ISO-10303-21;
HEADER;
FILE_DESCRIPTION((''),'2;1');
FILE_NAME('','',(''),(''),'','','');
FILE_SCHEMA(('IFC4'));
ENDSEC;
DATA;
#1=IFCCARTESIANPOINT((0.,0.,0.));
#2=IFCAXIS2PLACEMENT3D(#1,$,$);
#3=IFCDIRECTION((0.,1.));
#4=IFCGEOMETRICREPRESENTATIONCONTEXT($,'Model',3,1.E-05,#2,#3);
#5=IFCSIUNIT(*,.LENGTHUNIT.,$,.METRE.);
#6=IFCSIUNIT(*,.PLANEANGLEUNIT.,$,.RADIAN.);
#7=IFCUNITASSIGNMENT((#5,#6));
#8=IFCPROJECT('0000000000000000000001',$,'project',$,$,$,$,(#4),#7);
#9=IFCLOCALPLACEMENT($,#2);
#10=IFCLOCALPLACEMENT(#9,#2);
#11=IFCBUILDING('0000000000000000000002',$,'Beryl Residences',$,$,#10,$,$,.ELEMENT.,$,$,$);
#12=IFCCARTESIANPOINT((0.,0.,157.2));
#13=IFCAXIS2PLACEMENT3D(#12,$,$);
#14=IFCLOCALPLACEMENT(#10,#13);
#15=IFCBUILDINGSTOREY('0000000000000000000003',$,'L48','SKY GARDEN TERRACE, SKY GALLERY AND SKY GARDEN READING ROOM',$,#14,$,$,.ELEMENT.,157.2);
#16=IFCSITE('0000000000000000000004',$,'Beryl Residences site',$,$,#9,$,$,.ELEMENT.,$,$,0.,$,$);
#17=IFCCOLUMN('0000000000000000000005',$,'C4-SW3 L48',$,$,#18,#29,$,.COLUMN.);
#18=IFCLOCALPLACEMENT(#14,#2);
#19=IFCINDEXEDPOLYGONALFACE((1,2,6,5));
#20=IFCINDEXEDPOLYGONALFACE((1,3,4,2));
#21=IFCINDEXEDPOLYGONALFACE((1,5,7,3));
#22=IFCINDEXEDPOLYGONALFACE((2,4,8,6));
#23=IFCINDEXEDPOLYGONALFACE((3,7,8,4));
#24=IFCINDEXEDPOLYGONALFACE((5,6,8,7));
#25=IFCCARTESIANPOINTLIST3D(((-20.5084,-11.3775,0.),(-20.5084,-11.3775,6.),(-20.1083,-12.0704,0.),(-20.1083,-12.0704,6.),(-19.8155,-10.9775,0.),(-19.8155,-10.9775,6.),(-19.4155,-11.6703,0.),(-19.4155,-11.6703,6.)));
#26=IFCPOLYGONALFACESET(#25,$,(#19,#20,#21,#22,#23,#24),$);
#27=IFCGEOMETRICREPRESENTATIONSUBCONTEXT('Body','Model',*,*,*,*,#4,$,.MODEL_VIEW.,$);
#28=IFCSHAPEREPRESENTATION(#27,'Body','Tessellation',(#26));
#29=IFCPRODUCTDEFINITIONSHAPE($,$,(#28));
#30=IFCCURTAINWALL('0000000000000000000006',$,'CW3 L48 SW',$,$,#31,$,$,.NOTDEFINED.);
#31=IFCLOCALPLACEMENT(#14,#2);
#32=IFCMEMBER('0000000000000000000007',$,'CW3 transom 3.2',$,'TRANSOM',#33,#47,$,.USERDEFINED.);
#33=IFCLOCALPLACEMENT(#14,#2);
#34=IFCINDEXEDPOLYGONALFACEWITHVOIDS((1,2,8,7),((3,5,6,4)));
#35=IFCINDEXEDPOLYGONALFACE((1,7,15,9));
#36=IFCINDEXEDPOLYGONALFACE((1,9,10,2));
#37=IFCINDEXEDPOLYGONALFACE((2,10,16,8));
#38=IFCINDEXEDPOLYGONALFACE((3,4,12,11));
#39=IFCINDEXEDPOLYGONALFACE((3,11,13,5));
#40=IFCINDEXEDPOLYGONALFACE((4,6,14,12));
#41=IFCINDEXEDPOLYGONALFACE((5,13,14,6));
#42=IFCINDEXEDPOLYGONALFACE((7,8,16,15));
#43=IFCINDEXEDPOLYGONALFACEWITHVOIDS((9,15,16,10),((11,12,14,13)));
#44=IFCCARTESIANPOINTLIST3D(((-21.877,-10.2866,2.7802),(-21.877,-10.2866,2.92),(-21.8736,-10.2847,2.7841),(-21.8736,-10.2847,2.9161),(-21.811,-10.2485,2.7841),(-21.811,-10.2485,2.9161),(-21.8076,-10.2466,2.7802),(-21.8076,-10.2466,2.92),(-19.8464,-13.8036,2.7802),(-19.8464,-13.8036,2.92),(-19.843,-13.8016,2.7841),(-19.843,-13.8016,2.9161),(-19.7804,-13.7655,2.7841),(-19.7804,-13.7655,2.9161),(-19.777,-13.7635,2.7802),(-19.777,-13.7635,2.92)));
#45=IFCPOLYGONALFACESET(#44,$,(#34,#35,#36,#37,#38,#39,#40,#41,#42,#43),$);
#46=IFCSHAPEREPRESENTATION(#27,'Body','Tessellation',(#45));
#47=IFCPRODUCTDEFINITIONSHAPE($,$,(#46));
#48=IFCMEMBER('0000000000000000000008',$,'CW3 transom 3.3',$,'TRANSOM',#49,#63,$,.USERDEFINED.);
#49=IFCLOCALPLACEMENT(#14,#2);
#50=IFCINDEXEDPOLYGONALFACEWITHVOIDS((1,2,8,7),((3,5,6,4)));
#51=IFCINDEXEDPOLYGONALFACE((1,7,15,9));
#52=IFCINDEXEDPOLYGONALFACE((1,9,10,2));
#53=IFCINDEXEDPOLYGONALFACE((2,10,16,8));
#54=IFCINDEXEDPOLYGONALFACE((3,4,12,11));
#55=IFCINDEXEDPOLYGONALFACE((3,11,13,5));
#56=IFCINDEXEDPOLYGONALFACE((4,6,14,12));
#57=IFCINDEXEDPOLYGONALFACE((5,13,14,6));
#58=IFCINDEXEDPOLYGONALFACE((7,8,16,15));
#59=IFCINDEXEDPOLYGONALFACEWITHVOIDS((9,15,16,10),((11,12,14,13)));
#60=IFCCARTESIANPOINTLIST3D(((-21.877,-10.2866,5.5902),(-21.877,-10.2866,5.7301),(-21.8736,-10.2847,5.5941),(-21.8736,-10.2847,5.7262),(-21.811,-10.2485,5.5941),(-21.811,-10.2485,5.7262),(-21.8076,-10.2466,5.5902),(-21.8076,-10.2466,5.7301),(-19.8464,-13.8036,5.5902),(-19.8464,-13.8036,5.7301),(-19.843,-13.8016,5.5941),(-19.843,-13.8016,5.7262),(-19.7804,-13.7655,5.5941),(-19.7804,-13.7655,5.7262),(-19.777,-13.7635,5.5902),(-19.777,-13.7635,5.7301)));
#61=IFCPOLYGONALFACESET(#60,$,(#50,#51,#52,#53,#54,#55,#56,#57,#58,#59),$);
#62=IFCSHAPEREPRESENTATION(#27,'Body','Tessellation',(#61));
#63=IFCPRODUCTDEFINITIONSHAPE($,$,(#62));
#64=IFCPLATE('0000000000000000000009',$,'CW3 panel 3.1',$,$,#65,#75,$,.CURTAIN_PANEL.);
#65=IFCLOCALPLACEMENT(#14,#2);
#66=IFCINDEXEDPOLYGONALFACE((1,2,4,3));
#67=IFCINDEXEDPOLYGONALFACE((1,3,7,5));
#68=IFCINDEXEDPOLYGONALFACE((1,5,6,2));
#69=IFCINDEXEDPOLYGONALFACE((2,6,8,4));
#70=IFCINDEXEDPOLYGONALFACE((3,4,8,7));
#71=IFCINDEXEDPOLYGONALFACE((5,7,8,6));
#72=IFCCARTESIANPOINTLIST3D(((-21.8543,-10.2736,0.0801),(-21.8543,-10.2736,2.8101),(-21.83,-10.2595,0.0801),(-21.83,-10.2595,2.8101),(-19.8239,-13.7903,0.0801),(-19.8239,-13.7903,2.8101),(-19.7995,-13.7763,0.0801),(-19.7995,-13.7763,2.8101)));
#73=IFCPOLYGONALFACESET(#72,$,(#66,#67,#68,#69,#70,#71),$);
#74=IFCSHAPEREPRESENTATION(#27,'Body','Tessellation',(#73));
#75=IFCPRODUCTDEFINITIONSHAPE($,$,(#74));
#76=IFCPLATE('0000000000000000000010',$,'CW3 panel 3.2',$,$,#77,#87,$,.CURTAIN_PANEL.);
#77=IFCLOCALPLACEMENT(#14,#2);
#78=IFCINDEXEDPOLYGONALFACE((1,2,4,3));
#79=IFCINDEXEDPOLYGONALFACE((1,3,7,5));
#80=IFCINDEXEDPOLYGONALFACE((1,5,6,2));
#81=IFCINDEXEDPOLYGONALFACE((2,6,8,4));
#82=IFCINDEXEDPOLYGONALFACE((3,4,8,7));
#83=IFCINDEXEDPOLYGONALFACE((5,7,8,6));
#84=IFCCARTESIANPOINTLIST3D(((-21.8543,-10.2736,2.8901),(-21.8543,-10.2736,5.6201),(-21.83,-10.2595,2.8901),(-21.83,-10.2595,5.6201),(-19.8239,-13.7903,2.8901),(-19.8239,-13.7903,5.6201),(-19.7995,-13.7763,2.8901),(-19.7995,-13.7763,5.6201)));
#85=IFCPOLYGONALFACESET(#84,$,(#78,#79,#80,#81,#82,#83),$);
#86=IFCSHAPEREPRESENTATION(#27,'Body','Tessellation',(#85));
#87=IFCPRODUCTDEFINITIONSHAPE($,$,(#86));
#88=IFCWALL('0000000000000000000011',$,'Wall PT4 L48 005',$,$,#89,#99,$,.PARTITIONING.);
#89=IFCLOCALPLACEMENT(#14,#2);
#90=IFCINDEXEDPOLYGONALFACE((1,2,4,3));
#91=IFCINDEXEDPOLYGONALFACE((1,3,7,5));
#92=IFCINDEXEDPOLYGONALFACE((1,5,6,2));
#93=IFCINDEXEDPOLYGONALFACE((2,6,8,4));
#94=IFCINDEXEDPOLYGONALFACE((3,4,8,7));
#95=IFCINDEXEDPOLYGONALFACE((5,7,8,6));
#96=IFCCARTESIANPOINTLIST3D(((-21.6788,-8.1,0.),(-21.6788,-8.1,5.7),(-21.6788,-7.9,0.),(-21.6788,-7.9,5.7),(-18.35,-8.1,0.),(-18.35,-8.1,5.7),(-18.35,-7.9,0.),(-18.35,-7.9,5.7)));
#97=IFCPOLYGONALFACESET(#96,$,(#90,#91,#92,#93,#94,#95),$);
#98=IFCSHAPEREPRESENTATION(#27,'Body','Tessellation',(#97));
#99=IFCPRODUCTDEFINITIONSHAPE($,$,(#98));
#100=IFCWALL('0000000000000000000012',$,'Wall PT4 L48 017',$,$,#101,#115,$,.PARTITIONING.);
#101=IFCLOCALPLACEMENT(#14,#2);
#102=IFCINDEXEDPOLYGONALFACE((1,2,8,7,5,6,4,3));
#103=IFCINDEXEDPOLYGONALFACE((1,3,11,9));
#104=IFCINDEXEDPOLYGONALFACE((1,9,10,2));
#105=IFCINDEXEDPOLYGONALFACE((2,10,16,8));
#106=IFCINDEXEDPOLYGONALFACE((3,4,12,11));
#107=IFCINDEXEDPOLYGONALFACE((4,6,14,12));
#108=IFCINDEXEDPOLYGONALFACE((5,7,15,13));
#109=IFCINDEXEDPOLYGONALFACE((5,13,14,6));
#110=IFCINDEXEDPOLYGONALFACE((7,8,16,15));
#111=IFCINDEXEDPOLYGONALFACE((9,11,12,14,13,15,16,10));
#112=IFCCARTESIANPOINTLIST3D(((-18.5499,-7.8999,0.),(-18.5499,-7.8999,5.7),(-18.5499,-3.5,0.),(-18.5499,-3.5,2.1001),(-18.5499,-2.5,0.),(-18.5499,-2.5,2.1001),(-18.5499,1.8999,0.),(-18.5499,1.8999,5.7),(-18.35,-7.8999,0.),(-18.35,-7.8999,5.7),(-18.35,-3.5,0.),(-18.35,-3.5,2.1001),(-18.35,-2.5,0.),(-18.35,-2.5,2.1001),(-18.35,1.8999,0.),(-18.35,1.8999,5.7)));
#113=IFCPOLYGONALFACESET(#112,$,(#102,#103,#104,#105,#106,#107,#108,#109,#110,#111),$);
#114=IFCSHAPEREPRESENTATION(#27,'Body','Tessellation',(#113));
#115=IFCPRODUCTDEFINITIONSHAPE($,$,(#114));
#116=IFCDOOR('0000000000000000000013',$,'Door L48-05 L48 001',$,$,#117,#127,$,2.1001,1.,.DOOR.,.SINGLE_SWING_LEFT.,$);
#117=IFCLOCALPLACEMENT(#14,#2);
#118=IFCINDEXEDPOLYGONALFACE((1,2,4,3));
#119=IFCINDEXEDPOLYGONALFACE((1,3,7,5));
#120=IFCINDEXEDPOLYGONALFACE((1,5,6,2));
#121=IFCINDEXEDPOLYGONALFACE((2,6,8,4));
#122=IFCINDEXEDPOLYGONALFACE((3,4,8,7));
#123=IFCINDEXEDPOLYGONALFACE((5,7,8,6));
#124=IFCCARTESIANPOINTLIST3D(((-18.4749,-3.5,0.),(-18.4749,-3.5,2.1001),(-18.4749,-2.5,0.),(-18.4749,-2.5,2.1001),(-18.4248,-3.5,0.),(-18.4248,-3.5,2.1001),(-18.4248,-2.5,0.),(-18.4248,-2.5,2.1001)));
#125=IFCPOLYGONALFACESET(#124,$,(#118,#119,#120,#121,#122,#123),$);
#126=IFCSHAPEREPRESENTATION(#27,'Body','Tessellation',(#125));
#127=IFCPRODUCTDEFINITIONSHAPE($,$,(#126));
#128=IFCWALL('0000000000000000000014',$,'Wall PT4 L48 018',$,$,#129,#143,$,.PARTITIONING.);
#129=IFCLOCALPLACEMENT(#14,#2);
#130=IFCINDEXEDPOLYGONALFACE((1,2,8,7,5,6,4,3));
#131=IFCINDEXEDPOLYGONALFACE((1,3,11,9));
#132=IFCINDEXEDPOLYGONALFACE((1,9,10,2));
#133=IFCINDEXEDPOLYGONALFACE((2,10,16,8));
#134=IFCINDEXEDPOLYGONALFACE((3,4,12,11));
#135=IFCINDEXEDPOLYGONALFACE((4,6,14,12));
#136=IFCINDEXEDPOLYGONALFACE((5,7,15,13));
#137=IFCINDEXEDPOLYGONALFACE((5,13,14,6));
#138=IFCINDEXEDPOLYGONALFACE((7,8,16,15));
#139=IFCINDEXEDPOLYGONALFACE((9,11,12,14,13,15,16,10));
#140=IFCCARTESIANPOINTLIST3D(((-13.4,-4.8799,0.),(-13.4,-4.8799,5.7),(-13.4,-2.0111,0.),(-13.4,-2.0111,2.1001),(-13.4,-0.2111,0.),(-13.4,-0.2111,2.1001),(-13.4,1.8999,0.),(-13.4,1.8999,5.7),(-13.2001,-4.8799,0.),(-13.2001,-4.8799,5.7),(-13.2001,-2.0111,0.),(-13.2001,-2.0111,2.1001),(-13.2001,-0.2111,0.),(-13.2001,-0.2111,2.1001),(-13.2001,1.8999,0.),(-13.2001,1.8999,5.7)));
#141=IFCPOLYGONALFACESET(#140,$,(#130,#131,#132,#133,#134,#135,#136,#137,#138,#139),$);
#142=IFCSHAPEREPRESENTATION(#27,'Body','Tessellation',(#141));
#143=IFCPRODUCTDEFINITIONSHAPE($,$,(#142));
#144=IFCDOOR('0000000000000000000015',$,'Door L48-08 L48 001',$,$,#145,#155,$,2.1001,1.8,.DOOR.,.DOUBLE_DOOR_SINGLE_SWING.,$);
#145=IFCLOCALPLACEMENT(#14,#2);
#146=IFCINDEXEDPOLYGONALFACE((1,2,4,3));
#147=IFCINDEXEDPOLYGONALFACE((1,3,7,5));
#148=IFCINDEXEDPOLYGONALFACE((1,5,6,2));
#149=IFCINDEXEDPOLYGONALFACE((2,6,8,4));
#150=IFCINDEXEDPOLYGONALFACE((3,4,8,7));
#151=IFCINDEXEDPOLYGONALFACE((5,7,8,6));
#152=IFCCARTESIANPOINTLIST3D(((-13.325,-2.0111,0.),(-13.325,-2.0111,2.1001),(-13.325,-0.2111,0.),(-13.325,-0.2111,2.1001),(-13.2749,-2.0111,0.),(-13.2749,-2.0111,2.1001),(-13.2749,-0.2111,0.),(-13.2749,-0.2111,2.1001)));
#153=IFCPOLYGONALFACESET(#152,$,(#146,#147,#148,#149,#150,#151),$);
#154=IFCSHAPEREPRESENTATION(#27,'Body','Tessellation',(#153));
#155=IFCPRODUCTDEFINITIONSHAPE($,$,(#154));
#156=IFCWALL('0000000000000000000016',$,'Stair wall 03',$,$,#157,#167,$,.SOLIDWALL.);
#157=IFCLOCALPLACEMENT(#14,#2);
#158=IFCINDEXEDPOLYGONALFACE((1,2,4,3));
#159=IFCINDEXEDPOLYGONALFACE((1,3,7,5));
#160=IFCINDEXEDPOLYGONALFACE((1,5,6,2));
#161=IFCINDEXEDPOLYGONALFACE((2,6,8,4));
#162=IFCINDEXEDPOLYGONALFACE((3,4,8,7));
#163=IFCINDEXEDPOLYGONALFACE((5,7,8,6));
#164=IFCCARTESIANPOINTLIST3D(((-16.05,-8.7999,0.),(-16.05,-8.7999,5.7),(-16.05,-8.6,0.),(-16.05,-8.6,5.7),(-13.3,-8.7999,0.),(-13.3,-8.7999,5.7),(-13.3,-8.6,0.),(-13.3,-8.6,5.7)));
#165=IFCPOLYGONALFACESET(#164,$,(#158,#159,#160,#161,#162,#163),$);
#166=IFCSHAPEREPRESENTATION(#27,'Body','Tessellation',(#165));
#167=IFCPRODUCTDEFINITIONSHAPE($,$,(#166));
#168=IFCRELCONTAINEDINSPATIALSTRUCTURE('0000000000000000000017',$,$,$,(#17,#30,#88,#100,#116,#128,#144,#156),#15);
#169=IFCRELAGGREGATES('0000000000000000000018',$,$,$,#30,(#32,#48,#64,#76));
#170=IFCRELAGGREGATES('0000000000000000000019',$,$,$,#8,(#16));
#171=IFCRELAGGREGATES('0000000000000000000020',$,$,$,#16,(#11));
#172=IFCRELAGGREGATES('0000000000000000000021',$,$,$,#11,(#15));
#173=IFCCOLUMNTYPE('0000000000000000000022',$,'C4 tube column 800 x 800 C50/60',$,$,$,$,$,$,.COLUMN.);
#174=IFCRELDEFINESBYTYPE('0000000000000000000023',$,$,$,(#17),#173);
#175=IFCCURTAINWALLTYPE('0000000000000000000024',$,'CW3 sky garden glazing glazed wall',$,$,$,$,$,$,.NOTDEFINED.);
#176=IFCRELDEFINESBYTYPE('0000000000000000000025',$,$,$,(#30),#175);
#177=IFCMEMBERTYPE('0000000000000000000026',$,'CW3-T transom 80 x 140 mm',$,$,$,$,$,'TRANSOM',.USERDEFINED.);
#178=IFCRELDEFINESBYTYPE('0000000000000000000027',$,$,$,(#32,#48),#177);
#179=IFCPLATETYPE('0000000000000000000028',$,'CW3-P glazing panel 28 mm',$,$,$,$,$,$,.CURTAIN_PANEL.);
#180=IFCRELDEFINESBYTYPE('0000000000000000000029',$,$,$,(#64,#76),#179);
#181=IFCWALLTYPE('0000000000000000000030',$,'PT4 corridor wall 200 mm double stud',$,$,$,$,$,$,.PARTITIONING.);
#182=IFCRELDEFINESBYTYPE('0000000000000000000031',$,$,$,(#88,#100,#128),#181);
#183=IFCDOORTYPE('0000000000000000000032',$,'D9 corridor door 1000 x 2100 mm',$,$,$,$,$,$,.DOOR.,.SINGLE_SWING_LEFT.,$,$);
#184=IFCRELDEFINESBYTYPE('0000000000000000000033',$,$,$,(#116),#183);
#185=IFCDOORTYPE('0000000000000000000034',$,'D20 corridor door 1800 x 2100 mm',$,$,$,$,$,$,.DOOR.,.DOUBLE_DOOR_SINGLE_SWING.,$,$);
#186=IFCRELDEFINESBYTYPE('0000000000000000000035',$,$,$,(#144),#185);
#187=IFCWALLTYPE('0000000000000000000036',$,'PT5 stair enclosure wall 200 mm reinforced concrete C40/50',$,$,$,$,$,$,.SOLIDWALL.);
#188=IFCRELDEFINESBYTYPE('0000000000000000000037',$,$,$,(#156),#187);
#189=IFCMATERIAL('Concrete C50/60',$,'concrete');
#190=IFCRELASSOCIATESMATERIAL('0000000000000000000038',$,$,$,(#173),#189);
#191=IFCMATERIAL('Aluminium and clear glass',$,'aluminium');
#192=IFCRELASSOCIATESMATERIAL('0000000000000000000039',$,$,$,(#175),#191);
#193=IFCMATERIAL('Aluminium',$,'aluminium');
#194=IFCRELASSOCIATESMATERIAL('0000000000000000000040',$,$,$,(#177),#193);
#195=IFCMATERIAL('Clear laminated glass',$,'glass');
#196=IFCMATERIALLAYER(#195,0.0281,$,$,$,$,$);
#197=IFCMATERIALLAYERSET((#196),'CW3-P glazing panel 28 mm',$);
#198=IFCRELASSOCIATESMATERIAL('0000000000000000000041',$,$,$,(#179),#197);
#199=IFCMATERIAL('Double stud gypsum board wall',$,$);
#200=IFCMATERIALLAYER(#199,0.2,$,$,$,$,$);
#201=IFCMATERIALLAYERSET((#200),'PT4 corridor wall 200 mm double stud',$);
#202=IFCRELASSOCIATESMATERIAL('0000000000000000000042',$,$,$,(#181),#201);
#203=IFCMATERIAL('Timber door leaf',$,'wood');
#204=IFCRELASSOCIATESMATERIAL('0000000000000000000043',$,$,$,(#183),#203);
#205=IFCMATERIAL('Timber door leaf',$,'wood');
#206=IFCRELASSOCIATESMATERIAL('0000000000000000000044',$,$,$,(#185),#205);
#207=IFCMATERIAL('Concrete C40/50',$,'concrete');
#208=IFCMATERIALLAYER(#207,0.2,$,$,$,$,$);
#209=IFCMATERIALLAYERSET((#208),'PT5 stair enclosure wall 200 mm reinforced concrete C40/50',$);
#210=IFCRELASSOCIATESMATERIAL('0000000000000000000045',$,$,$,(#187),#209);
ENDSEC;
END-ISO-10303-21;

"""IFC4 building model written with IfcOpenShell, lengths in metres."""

from ifc_helpers import new_model, si_unit, direction, frame, frame_2d, origin, origin_2d, place, context, subcontext, project, spatial, rectangle, hollow_rectangle, extrude, material, layer, layer_set, material_profile, profile_set, type_object, element, fill, aggregate, save


model = new_model("IFC4")

# Units and contexts
model_context = context("Model", 3, precision=1e-05, world=origin(), true_north=direction((0.0, 1.0)))
body_context = subcontext(model_context, "Body", "Model", "MODEL_VIEW")
ifc_project = project(units=[si_unit("LENGTHUNIT", "METRE"), si_unit("PLANEANGLEUNIT", "RADIAN")], contexts=[model_context])

# Site, building, storey
site_placement = place(None, origin())
site = spatial("IfcSite", under=ifc_project, at=site_placement, Name="Beryl Residences site", CompositionType="ELEMENT", RefElevation=0.0)
building_placement = place(site_placement, origin())
building = spatial("IfcBuilding", under=site, at=building_placement, Name="Beryl Residences", CompositionType="ELEMENT")
storey_placement = place(building_placement, frame((0.0, 0.0, 157.2)))
storey = spatial("IfcBuildingStorey", under=building, at=storey_placement, Name="L48", Description="SKY GARDEN TERRACE, SKY GALLERY AND SKY GARDEN READING ROOM", CompositionType="ELEMENT", Elevation=157.2)

# Column
ifc_material_1 = material(Name="Concrete C50/60", Category="concrete")
ifc_material_profile_1 = material_profile(ifc_material_1, rectangle(XDim=0.8, YDim=0.8, at=origin_2d()))
ifc_profile_set_1 = profile_set([ifc_material_profile_1], Name="Concrete C50/60")
column_type = type_object("IfcColumnType", Name="C4 tube column 800 x 800 C50/60", PredefinedType="COLUMN", material=ifc_profile_set_1)
column_placement = place(storey_placement, frame((-19.9619, -11.5239, 0.0), z_axis=(0.0, 0.0, 1.0), x_axis=(0.5, -0.866025, 0.0)))
element("IfcColumn", 1, at=column_placement, inside=storey, type_object=column_type, Name="C4-SW3 L48", PredefinedType="COLUMN", context=body_context, shape_type="SweptSolid", body=[
    extrude(rectangle(XDim=0.8, YDim=0.8, at=origin_2d()), origin(), (0.0, 0.0, 1.0), 6.0),
])

# Curtain wall, members, plates
ifc_material_2 = material(Name="Aluminium and clear glass", Category="aluminium")
curtain_wall_type = type_object("IfcCurtainWallType", Name="CW3 sky garden glazing glazed wall", PredefinedType="NOTDEFINED", material=ifc_material_2)
curtain_wall_placement = place(storey_placement, origin())
curtain_wall = element("IfcCurtainWall", 2, at=curtain_wall_placement, inside=storey, type_object=curtain_wall_type, Name="CW3 L48 SW", PredefinedType="NOTDEFINED")
ifc_material_3 = material(Name="Aluminium", Category="aluminium")
ifc_material_profile_2 = material_profile(ifc_material_3, hollow_rectangle(XDim=0.0801, YDim=0.1399, WallThickness=0.0039, at=origin_2d()))
ifc_profile_set_2 = profile_set([ifc_material_profile_2], Name="Aluminium")
member_type = type_object("IfcMemberType", Name="CW3-T transom 80 x 140 mm", ElementType="TRANSOM", PredefinedType="USERDEFINED", material=ifc_profile_set_2)
member_1_placement = place(storey_placement, frame((-21.8423, -10.2666, 2.8501), z_axis=(0.500012, -0.866018, 0.0), x_axis=(0.866018, 0.500012, 0.0)))
member_1 = element("IfcMember", 3, at=member_1_placement, type_object=member_type, Name="CW3 transom 3.2", ObjectType="TRANSOM", PredefinedType="USERDEFINED", context=body_context, shape_type="SweptSolid", body=[
    extrude(hollow_rectangle(XDim=0.0801, YDim=0.1399, WallThickness=0.0039, at=origin_2d()), origin(), (0.0, 0.0, 1.0), 4.061),
])
member_2_placement = place(storey_placement, frame((-21.8423, -10.2666, 5.6602), z_axis=(0.500012, -0.866018, 0.0), x_axis=(0.866018, 0.500012, 0.0)))
member_2 = element("IfcMember", 4, at=member_2_placement, type_object=member_type, Name="CW3 transom 3.3", ObjectType="TRANSOM", PredefinedType="USERDEFINED", context=body_context, shape_type="SweptSolid", body=[
    extrude(hollow_rectangle(XDim=0.0801, YDim=0.1399, WallThickness=0.0039, at=origin_2d()), origin(), (0.0, 0.0, 1.0), 4.061),
])
ifc_material_4 = material(Name="Clear laminated glass", Category="glass")
ifc_layer_1 = layer(ifc_material_4, 0.0281)
ifc_layer_set_1 = layer_set([ifc_layer_1], Name="CW3-P glazing panel 28 mm")
plate_type = type_object("IfcPlateType", Name="CW3-P glazing panel 28 mm", PredefinedType="CURTAIN_PANEL", material=ifc_layer_set_1)
plate_1_placement = place(storey_placement, frame((-20.8269, -12.0249, 0.0801), z_axis=(0.0, 0.0, 1.0), x_axis=(0.500004, -0.866023, 0.0)))
plate_1 = element("IfcPlate", 5, at=plate_1_placement, type_object=plate_type, Name="CW3 panel 3.1", PredefinedType="CURTAIN_PANEL", context=body_context, shape_type="SweptSolid", body=[
    extrude(rectangle(XDim=4.0608, YDim=0.0281, at=origin_2d()), origin(), (0.0, 0.0, 1.0), 2.73),
])
plate_2_placement = place(storey_placement, frame((-20.8269, -12.0249, 2.8901), z_axis=(0.0, 0.0, 1.0), x_axis=(0.500004, -0.866023, 0.0)))
plate_2 = element("IfcPlate", 6, at=plate_2_placement, type_object=plate_type, Name="CW3 panel 3.2", PredefinedType="CURTAIN_PANEL", context=body_context, shape_type="SweptSolid", body=[
    extrude(rectangle(XDim=4.0608, YDim=0.0281, at=origin_2d()), origin(), (0.0, 0.0, 1.0), 2.73),
])
aggregate(curtain_wall, [member_1, member_2, plate_1, plate_2])

# Wall
ifc_material_5 = material(Name="Double stud gypsum board wall")
ifc_layer_2 = layer(ifc_material_5, 0.2)
ifc_layer_set_2 = layer_set([ifc_layer_2], Name="PT4 corridor wall 200 mm double stud")
wall_type_1 = type_object("IfcWallType", Name="PT4 corridor wall 200 mm double stud", PredefinedType="PARTITIONING", material=ifc_layer_set_2)
wall_1_placement = place(storey_placement, frame((-21.679, -8.0, 0.0), z_axis=(0.0, 0.0, 1.0), x_axis=(1.0, 0.0, 0.0)))
element("IfcWall", 7, at=wall_1_placement, inside=storey, type_object=wall_type_1, Name="Wall PT4 L48 005", PredefinedType="PARTITIONING", context=body_context, shape_type="SweptSolid", body=[
    extrude(rectangle(XDim=3.3289, YDim=0.2, at=frame_2d((1.6646, 0.0))), origin(), (0.0, 0.0, 1.0), 5.7),
])

# Walls, openings, doors
wall_2_placement = place(storey_placement, frame((-18.45, -7.8999, 0.0), z_axis=(0.0, 0.0, 1.0), x_axis=(0.0, 1.0, 0.0)))
wall_2 = element("IfcWall", 8, at=wall_2_placement, inside=storey, type_object=wall_type_1, Name="Wall PT4 L48 017", PredefinedType="PARTITIONING", context=body_context, shape_type="SweptSolid", body=[
    extrude(rectangle(XDim=9.7998, YDim=0.2, at=frame_2d((4.8999, 0.0))), origin(), (0.0, 0.0, 1.0), 5.7),
])
opening_1_placement = place(wall_2_placement, frame((4.3999, 0.0, 0.0)))
opening_1 = element("IfcOpeningElement", 9, at=opening_1_placement, cuts=wall_2, PredefinedType="OPENING", context=body_context, shape_type="SweptSolid", body=[
    extrude(rectangle(XDim=1.0, YDim=2.1001, at=frame_2d((0.5, 1.05))), frame((0.0, 0.1099, 0.0), z_axis=(0.0, -1.0, 0.0), x_axis=(1.0, 0.0, 0.0)), (0.0, 0.0, 1.0), 0.22),
])
ifc_material_6 = material(Name="Timber door leaf", Category="wood")
door_type_1 = type_object("IfcDoorType", Name="D9 corridor door 1000 x 2100 mm", OperationType="SINGLE_SWING_LEFT", PredefinedType="DOOR", material=ifc_material_6)
door_1_placement = place(opening_1_placement, origin())
door_1 = element("IfcDoor", 10, at=door_1_placement, inside=storey, type_object=door_type_1, Name="Door L48-05 L48 001", OperationType="SINGLE_SWING_LEFT", OverallHeight=2.1001, OverallWidth=1.0, PredefinedType="DOOR", context=body_context, shape_type="SweptSolid", body=[
    extrude(rectangle(XDim=1.0, YDim=2.1001, at=frame_2d((0.5, 1.05))), frame((0.0, 0.0249, 0.0), z_axis=(0.0, -1.0, 0.0), x_axis=(1.0, 0.0, 0.0)), (0.0, 0.0, 1.0), 0.05),
])
fill(opening_1, door_1)
wall_3_placement = place(storey_placement, frame((-13.3, -4.8799, 0.0), z_axis=(0.0, 0.0, 1.0), x_axis=(0.0, 1.0, 0.0)))
wall_3 = element("IfcWall", 11, at=wall_3_placement, inside=storey, type_object=wall_type_1, Name="Wall PT4 L48 018", PredefinedType="PARTITIONING", context=body_context, shape_type="SweptSolid", body=[
    extrude(rectangle(XDim=6.7798, YDim=0.2, at=frame_2d((3.3899, 0.0))), origin(), (0.0, 0.0, 1.0), 5.7),
])
opening_2_placement = place(wall_3_placement, frame((2.8689, 0.0, 0.0)))
opening_2 = element("IfcOpeningElement", 12, at=opening_2_placement, cuts=wall_3, PredefinedType="OPENING", context=body_context, shape_type="SweptSolid", body=[
    extrude(rectangle(XDim=1.8, YDim=2.1001, at=frame_2d((0.8999, 1.05))), frame((0.0, 0.1099, 0.0), z_axis=(0.0, -1.0, 0.0), x_axis=(1.0, 0.0, 0.0)), (0.0, 0.0, 1.0), 0.22),
])
ifc_material_7 = material(Name="Timber door leaf", Category="wood")
door_type_2 = type_object("IfcDoorType", Name="D20 corridor door 1800 x 2100 mm", OperationType="DOUBLE_DOOR_SINGLE_SWING", PredefinedType="DOOR", material=ifc_material_7)
door_2_placement = place(opening_2_placement, origin())
door_2 = element("IfcDoor", 13, at=door_2_placement, inside=storey, type_object=door_type_2, Name="Door L48-08 L48 001", OperationType="DOUBLE_DOOR_SINGLE_SWING", OverallHeight=2.1001, OverallWidth=1.8, PredefinedType="DOOR", context=body_context, shape_type="SweptSolid", body=[
    extrude(rectangle(XDim=1.8, YDim=2.1001, at=frame_2d((0.8999, 1.05))), frame((0.0, 0.0249, 0.0), z_axis=(0.0, -1.0, 0.0), x_axis=(1.0, 0.0, 0.0)), (0.0, 0.0, 1.0), 0.05),
])
fill(opening_2, door_2)

# Wall
ifc_material_8 = material(Name="Concrete C40/50", Category="concrete")
ifc_layer_3 = layer(ifc_material_8, 0.2)
ifc_layer_set_3 = layer_set([ifc_layer_3], Name="PT5 stair enclosure wall 200 mm reinforced concrete C40/50")
wall_type_2 = type_object("IfcWallType", Name="PT5 stair enclosure wall 200 mm reinforced concrete C40/50", PredefinedType="SOLIDWALL", material=ifc_layer_set_3)
wall_4_placement = place(storey_placement, frame((-16.05, -8.7, 0.0), z_axis=(0.0, 0.0, 1.0), x_axis=(1.0, 0.0, 0.0)))
element("IfcWall", 14, at=wall_4_placement, inside=storey, type_object=wall_type_2, Name="Stair wall 03", PredefinedType="SOLIDWALL", context=body_context, shape_type="SweptSolid", body=[
    extrude(rectangle(XDim=2.75, YDim=0.2, at=frame_2d((1.375, 0.0))), origin(), (0.0, 0.0, 1.0), 5.7),
])

save(model, "model.ifc")
